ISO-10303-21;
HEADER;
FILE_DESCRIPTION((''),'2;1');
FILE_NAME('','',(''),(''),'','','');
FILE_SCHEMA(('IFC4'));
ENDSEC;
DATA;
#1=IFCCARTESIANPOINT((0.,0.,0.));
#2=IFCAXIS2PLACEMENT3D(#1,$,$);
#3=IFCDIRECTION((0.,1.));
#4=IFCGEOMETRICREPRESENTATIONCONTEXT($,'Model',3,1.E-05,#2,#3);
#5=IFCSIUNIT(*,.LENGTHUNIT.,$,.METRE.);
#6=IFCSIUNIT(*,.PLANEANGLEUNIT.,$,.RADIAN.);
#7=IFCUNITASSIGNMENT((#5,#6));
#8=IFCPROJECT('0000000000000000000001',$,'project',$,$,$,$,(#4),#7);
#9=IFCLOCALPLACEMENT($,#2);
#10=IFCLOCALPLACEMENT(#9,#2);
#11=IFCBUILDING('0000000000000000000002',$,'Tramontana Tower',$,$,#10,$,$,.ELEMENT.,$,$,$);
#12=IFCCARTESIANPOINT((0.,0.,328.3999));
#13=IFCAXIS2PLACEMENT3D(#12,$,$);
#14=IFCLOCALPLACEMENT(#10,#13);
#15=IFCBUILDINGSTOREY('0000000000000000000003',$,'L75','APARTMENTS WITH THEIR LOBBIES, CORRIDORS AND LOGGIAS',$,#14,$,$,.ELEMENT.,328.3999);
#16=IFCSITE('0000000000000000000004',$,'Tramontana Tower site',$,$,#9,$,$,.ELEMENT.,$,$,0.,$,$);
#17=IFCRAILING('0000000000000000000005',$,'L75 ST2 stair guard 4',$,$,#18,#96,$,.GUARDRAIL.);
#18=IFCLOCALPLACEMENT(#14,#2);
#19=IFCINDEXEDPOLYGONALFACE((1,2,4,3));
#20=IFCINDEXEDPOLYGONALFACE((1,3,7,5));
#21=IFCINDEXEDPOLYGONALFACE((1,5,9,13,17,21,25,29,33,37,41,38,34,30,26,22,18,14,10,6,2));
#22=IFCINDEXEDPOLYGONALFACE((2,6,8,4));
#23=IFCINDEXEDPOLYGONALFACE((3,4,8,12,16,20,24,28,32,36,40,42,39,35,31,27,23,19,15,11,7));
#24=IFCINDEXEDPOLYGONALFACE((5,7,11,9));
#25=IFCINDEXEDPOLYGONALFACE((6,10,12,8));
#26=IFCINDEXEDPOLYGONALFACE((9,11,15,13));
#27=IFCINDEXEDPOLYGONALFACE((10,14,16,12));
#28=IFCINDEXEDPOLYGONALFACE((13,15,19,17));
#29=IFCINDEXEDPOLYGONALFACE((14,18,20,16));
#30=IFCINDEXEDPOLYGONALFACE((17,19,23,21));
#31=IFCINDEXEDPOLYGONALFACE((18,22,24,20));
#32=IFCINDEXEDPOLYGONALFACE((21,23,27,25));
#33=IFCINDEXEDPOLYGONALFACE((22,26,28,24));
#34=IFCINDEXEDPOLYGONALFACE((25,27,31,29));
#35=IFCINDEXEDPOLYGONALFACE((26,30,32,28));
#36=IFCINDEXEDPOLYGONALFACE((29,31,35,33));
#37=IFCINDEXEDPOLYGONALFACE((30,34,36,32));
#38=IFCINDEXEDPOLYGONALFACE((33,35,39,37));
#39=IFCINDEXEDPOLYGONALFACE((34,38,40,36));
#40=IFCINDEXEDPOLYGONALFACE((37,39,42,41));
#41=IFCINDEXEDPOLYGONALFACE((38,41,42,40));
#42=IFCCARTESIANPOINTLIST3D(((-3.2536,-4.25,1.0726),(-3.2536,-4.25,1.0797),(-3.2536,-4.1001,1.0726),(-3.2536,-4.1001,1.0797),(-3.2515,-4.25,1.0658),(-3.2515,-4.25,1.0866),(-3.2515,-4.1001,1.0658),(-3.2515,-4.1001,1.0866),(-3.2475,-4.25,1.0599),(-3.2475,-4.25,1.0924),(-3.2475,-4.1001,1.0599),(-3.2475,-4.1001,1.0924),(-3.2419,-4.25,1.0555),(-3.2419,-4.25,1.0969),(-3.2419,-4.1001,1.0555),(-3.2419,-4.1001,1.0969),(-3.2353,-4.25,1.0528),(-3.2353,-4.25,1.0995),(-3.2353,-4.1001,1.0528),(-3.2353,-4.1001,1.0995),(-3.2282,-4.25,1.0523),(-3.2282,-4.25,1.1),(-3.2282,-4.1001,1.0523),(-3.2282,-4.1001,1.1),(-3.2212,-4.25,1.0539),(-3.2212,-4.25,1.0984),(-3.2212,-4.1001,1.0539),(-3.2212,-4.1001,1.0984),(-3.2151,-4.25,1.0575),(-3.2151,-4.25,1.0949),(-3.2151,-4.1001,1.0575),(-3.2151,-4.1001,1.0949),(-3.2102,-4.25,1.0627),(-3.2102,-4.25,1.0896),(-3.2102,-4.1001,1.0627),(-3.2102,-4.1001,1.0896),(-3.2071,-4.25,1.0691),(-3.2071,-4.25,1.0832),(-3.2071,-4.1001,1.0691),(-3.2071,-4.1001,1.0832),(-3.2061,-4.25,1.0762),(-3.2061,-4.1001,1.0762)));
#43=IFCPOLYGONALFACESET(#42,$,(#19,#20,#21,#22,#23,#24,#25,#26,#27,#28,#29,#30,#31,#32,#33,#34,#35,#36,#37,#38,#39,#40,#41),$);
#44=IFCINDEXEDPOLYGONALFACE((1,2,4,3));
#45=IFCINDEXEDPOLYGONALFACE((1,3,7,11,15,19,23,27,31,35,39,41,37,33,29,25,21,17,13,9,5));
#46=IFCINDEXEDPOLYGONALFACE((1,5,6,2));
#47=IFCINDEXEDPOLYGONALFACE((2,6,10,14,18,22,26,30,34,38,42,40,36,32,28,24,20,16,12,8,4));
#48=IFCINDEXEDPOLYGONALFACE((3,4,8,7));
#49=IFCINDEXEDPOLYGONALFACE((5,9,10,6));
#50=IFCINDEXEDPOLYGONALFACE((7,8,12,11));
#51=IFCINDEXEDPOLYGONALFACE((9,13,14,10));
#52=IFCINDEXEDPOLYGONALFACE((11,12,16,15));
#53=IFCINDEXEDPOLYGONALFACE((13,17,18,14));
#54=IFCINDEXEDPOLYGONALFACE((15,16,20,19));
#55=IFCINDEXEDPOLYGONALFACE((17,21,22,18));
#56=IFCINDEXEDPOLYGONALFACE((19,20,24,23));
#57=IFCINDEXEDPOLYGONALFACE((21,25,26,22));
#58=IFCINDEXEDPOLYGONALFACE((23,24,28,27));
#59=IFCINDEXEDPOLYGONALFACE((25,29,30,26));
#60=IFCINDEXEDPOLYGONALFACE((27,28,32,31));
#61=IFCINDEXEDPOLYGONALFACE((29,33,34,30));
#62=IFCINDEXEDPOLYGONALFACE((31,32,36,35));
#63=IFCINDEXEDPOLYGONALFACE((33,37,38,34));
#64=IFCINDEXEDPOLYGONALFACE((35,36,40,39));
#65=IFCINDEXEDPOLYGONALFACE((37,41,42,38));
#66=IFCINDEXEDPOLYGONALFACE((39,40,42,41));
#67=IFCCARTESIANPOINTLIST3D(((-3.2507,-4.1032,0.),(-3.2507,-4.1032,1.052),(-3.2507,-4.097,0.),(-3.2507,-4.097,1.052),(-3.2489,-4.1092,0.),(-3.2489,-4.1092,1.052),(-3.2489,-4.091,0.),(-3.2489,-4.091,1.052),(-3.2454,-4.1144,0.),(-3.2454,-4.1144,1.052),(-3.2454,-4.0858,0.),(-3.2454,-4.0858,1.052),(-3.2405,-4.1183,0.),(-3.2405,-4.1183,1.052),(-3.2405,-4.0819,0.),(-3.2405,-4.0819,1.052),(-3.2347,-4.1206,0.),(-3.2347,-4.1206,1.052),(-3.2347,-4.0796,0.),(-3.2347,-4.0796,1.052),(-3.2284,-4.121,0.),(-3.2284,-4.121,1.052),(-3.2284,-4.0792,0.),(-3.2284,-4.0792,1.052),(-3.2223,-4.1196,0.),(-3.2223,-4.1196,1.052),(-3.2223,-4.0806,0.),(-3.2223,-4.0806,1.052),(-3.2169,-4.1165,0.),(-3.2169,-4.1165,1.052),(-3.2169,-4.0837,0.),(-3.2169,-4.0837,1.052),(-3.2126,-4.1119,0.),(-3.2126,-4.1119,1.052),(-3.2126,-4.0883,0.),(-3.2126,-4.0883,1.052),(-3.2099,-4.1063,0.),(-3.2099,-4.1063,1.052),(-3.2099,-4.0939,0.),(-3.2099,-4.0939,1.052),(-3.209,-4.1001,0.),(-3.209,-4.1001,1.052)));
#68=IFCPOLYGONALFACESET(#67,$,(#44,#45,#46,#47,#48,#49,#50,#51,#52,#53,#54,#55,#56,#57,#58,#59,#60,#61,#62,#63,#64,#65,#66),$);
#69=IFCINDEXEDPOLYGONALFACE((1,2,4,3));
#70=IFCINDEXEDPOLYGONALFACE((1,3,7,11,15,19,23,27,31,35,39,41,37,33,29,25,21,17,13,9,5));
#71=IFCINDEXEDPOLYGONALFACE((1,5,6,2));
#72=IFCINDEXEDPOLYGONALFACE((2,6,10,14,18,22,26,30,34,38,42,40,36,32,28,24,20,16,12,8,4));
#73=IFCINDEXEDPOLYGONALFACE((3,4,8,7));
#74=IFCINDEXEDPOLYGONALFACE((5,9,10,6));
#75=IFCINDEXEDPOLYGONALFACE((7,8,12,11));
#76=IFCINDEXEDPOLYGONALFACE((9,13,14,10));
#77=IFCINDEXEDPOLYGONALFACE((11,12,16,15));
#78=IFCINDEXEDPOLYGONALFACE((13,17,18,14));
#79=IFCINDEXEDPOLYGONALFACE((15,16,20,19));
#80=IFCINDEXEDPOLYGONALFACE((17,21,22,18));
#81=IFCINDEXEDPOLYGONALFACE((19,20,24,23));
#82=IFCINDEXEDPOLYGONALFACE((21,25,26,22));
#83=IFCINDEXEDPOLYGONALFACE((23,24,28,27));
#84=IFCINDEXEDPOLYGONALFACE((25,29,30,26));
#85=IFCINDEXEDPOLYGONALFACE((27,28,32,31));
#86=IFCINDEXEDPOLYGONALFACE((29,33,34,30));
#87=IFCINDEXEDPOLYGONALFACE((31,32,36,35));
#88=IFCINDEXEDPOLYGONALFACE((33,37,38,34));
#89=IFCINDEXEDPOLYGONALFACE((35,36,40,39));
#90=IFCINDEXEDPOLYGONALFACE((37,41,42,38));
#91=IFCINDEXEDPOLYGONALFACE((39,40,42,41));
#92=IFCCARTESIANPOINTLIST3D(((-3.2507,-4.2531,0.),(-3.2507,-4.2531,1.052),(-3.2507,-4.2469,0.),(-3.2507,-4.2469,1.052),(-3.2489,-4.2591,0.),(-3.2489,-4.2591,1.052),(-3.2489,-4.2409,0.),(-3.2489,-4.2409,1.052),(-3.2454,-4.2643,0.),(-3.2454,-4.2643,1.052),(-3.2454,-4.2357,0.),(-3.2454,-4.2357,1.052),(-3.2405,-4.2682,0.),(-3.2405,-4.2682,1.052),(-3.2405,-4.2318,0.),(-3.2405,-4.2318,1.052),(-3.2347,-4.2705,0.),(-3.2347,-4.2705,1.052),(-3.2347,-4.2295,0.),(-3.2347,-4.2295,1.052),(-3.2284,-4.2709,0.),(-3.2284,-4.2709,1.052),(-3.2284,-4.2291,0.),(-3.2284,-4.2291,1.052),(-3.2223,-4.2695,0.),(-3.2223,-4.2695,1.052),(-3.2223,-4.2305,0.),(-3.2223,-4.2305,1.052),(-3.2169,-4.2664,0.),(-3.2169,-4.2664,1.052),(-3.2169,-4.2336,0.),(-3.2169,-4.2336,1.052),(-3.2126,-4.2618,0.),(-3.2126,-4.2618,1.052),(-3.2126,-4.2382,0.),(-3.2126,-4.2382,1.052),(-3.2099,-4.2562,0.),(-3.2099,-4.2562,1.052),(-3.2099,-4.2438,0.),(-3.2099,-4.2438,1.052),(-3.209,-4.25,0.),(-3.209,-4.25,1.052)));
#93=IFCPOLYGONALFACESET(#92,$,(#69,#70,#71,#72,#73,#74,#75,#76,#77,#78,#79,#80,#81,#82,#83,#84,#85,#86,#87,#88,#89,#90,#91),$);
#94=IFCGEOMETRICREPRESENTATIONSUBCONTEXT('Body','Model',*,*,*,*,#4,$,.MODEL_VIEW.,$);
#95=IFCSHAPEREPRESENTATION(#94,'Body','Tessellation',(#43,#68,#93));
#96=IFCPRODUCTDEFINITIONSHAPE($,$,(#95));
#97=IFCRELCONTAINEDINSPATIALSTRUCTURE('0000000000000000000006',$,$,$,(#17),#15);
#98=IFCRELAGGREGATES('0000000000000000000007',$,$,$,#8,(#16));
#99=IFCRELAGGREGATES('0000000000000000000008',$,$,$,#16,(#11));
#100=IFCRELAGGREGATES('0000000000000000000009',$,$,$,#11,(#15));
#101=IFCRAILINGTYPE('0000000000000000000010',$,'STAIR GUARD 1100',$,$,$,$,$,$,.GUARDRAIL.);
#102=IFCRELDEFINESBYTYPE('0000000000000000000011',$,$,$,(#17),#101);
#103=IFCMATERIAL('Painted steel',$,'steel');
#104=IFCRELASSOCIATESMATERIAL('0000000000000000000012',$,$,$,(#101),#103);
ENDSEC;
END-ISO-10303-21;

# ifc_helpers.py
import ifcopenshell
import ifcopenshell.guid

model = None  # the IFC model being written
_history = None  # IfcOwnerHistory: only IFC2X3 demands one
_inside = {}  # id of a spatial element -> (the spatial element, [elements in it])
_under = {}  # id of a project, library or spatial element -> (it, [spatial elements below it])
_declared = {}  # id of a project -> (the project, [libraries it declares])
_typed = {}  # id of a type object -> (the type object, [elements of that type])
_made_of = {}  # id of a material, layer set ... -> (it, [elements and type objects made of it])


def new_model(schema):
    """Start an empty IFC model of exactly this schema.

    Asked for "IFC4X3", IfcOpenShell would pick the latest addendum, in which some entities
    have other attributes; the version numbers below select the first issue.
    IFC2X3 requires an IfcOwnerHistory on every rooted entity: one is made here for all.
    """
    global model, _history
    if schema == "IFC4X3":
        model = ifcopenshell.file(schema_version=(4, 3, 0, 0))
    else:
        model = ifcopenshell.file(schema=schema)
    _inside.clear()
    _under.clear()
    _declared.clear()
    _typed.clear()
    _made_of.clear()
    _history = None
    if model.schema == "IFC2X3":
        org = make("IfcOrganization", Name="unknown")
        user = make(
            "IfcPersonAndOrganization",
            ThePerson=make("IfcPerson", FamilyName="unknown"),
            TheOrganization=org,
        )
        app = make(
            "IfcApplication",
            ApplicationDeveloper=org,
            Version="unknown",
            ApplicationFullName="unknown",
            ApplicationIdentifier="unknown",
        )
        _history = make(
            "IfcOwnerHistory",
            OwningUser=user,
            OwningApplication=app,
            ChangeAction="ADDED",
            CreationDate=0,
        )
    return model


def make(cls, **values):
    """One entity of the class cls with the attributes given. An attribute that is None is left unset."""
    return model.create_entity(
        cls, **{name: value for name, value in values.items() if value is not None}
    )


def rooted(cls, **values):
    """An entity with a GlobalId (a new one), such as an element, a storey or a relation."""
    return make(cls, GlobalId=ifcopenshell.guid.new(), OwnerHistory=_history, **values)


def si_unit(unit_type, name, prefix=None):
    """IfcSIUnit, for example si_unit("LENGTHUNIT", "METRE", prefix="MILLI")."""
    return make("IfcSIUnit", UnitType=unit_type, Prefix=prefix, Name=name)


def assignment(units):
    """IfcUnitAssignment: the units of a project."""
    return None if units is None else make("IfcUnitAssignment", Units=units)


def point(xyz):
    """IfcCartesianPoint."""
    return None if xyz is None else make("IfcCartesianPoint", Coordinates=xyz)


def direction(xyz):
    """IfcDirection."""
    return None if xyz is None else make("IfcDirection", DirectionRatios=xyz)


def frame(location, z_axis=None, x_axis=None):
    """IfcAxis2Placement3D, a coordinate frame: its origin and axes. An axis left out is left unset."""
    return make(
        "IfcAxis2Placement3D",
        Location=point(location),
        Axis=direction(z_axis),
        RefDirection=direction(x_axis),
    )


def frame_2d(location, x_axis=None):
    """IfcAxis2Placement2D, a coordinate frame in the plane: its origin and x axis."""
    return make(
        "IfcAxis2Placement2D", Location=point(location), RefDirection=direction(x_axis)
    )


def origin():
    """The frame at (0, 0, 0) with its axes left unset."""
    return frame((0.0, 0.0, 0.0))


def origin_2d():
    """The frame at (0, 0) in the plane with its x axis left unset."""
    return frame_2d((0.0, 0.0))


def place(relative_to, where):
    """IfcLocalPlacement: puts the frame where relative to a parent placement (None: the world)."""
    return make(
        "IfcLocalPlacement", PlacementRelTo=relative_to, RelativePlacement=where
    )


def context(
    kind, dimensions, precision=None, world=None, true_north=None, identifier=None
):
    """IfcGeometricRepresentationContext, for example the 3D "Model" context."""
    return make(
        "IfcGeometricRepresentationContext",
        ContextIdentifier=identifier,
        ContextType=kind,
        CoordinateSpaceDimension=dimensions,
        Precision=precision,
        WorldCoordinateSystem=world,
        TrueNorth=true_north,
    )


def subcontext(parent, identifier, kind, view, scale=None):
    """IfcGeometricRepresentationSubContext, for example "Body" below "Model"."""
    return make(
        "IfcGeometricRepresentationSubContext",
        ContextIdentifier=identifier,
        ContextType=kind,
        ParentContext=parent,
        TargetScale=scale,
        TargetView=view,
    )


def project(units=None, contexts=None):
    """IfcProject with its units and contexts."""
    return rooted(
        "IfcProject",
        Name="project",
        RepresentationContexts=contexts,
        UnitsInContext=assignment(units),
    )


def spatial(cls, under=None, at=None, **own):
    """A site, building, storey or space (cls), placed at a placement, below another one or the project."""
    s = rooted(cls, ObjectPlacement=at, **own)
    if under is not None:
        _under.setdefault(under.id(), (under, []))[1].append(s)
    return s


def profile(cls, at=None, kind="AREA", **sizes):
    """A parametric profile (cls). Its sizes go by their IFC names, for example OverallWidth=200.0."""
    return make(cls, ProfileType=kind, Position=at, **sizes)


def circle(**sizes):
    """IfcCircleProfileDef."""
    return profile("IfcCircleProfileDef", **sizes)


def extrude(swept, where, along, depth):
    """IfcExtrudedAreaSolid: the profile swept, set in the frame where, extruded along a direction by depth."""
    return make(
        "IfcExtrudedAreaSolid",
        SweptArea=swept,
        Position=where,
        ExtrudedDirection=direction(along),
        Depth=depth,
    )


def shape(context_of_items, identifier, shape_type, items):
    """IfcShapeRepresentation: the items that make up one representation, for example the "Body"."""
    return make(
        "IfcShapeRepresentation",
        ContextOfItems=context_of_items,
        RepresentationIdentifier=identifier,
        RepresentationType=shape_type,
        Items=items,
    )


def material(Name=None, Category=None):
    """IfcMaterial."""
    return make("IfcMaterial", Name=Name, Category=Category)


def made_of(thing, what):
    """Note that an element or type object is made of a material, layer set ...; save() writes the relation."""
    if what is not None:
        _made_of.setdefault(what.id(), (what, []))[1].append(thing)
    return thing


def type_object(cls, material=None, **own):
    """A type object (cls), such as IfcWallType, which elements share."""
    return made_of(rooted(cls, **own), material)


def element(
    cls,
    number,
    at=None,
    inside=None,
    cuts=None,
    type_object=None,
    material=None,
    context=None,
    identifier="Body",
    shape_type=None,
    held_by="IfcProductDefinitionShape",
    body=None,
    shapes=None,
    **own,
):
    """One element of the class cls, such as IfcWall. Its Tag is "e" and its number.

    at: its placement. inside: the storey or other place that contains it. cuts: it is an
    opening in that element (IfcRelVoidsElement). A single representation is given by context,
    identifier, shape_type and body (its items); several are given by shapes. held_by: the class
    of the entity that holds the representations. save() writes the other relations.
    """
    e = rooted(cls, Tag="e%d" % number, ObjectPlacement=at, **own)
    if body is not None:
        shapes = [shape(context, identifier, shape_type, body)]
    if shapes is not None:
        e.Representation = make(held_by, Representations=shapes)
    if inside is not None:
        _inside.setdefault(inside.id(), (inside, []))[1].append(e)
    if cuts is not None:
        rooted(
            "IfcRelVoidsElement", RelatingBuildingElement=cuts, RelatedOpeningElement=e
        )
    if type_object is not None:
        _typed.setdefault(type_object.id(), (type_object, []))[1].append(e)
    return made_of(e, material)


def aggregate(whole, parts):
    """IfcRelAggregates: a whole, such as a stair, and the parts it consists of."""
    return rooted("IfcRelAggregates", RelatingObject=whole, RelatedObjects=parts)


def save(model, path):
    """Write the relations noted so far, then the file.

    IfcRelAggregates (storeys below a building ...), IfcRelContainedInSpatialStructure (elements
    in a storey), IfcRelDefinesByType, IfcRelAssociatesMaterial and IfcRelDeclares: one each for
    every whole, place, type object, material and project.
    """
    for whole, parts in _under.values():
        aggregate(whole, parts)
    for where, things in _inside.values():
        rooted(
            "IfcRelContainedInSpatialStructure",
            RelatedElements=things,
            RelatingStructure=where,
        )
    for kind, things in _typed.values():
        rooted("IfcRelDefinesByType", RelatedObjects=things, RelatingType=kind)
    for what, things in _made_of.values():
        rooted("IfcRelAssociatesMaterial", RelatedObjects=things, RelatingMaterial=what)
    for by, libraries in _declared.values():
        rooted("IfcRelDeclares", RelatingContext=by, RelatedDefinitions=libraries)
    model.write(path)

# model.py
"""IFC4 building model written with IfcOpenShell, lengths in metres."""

from ifc_helpers import new_model, si_unit, direction, frame, origin, origin_2d, place, context, subcontext, project, spatial, circle, extrude, material, type_object, element, save


model = new_model("IFC4")

# Units and contexts
model_context = context("Model", 3, precision=1e-05, world=origin(), true_north=direction((0.0, 1.0)))
body_context = subcontext(model_context, "Body", "Model", "MODEL_VIEW")
ifc_project = project(units=[si_unit("LENGTHUNIT", "METRE"), si_unit("PLANEANGLEUNIT", "RADIAN")], contexts=[model_context])

# Site, building, storey
site_placement = place(None, origin())
site = spatial("IfcSite", under=ifc_project, at=site_placement, Name="Tramontana Tower site", CompositionType="ELEMENT", RefElevation=0.0)
building_placement = place(site_placement, origin())
building = spatial("IfcBuilding", under=site, at=building_placement, Name="Tramontana Tower", CompositionType="ELEMENT")
storey_placement = place(building_placement, frame((0.0, 0.0, 328.3999)))
storey = spatial("IfcBuildingStorey", under=building, at=storey_placement, Name="L75", Description="APARTMENTS WITH THEIR LOBBIES, CORRIDORS AND LOGGIAS", CompositionType="ELEMENT", Elevation=328.3999)

# Railing
ifc_material_1 = material(Name="Painted steel", Category="steel")
railing_type_1 = type_object("IfcRailingType", Name="STAIR GUARD 1100", PredefinedType="GUARDRAIL", material=ifc_material_1)
railing_1_placement = place(storey_placement, frame((-3.23, -4.1001, 0.0)))
element("IfcRailing", 1, at=railing_1_placement, inside=storey, type_object=railing_type_1, Name="L75 ST2 stair guard 4", PredefinedType="GUARDRAIL", context=body_context, shape_type="SweptSolid", body=[
    extrude(circle(Radius=0.0239, at=origin_2d()), frame((0.0, 0.0, 1.0762), z_axis=(0.0, -1.0, 0.0), x_axis=(1.0, 0.0, 0.0)), (0.0, 0.0, 1.0), 0.1499),
    extrude(circle(Radius=0.021, at=origin_2d()), origin(), (0.0, 0.0, 1.0), 1.052),
    extrude(circle(Radius=0.021, at=origin_2d()), frame((0.0, -0.1499, 0.0)), (0.0, 0.0, 1.0), 1.052),
])

save(model, "model.ifc")
